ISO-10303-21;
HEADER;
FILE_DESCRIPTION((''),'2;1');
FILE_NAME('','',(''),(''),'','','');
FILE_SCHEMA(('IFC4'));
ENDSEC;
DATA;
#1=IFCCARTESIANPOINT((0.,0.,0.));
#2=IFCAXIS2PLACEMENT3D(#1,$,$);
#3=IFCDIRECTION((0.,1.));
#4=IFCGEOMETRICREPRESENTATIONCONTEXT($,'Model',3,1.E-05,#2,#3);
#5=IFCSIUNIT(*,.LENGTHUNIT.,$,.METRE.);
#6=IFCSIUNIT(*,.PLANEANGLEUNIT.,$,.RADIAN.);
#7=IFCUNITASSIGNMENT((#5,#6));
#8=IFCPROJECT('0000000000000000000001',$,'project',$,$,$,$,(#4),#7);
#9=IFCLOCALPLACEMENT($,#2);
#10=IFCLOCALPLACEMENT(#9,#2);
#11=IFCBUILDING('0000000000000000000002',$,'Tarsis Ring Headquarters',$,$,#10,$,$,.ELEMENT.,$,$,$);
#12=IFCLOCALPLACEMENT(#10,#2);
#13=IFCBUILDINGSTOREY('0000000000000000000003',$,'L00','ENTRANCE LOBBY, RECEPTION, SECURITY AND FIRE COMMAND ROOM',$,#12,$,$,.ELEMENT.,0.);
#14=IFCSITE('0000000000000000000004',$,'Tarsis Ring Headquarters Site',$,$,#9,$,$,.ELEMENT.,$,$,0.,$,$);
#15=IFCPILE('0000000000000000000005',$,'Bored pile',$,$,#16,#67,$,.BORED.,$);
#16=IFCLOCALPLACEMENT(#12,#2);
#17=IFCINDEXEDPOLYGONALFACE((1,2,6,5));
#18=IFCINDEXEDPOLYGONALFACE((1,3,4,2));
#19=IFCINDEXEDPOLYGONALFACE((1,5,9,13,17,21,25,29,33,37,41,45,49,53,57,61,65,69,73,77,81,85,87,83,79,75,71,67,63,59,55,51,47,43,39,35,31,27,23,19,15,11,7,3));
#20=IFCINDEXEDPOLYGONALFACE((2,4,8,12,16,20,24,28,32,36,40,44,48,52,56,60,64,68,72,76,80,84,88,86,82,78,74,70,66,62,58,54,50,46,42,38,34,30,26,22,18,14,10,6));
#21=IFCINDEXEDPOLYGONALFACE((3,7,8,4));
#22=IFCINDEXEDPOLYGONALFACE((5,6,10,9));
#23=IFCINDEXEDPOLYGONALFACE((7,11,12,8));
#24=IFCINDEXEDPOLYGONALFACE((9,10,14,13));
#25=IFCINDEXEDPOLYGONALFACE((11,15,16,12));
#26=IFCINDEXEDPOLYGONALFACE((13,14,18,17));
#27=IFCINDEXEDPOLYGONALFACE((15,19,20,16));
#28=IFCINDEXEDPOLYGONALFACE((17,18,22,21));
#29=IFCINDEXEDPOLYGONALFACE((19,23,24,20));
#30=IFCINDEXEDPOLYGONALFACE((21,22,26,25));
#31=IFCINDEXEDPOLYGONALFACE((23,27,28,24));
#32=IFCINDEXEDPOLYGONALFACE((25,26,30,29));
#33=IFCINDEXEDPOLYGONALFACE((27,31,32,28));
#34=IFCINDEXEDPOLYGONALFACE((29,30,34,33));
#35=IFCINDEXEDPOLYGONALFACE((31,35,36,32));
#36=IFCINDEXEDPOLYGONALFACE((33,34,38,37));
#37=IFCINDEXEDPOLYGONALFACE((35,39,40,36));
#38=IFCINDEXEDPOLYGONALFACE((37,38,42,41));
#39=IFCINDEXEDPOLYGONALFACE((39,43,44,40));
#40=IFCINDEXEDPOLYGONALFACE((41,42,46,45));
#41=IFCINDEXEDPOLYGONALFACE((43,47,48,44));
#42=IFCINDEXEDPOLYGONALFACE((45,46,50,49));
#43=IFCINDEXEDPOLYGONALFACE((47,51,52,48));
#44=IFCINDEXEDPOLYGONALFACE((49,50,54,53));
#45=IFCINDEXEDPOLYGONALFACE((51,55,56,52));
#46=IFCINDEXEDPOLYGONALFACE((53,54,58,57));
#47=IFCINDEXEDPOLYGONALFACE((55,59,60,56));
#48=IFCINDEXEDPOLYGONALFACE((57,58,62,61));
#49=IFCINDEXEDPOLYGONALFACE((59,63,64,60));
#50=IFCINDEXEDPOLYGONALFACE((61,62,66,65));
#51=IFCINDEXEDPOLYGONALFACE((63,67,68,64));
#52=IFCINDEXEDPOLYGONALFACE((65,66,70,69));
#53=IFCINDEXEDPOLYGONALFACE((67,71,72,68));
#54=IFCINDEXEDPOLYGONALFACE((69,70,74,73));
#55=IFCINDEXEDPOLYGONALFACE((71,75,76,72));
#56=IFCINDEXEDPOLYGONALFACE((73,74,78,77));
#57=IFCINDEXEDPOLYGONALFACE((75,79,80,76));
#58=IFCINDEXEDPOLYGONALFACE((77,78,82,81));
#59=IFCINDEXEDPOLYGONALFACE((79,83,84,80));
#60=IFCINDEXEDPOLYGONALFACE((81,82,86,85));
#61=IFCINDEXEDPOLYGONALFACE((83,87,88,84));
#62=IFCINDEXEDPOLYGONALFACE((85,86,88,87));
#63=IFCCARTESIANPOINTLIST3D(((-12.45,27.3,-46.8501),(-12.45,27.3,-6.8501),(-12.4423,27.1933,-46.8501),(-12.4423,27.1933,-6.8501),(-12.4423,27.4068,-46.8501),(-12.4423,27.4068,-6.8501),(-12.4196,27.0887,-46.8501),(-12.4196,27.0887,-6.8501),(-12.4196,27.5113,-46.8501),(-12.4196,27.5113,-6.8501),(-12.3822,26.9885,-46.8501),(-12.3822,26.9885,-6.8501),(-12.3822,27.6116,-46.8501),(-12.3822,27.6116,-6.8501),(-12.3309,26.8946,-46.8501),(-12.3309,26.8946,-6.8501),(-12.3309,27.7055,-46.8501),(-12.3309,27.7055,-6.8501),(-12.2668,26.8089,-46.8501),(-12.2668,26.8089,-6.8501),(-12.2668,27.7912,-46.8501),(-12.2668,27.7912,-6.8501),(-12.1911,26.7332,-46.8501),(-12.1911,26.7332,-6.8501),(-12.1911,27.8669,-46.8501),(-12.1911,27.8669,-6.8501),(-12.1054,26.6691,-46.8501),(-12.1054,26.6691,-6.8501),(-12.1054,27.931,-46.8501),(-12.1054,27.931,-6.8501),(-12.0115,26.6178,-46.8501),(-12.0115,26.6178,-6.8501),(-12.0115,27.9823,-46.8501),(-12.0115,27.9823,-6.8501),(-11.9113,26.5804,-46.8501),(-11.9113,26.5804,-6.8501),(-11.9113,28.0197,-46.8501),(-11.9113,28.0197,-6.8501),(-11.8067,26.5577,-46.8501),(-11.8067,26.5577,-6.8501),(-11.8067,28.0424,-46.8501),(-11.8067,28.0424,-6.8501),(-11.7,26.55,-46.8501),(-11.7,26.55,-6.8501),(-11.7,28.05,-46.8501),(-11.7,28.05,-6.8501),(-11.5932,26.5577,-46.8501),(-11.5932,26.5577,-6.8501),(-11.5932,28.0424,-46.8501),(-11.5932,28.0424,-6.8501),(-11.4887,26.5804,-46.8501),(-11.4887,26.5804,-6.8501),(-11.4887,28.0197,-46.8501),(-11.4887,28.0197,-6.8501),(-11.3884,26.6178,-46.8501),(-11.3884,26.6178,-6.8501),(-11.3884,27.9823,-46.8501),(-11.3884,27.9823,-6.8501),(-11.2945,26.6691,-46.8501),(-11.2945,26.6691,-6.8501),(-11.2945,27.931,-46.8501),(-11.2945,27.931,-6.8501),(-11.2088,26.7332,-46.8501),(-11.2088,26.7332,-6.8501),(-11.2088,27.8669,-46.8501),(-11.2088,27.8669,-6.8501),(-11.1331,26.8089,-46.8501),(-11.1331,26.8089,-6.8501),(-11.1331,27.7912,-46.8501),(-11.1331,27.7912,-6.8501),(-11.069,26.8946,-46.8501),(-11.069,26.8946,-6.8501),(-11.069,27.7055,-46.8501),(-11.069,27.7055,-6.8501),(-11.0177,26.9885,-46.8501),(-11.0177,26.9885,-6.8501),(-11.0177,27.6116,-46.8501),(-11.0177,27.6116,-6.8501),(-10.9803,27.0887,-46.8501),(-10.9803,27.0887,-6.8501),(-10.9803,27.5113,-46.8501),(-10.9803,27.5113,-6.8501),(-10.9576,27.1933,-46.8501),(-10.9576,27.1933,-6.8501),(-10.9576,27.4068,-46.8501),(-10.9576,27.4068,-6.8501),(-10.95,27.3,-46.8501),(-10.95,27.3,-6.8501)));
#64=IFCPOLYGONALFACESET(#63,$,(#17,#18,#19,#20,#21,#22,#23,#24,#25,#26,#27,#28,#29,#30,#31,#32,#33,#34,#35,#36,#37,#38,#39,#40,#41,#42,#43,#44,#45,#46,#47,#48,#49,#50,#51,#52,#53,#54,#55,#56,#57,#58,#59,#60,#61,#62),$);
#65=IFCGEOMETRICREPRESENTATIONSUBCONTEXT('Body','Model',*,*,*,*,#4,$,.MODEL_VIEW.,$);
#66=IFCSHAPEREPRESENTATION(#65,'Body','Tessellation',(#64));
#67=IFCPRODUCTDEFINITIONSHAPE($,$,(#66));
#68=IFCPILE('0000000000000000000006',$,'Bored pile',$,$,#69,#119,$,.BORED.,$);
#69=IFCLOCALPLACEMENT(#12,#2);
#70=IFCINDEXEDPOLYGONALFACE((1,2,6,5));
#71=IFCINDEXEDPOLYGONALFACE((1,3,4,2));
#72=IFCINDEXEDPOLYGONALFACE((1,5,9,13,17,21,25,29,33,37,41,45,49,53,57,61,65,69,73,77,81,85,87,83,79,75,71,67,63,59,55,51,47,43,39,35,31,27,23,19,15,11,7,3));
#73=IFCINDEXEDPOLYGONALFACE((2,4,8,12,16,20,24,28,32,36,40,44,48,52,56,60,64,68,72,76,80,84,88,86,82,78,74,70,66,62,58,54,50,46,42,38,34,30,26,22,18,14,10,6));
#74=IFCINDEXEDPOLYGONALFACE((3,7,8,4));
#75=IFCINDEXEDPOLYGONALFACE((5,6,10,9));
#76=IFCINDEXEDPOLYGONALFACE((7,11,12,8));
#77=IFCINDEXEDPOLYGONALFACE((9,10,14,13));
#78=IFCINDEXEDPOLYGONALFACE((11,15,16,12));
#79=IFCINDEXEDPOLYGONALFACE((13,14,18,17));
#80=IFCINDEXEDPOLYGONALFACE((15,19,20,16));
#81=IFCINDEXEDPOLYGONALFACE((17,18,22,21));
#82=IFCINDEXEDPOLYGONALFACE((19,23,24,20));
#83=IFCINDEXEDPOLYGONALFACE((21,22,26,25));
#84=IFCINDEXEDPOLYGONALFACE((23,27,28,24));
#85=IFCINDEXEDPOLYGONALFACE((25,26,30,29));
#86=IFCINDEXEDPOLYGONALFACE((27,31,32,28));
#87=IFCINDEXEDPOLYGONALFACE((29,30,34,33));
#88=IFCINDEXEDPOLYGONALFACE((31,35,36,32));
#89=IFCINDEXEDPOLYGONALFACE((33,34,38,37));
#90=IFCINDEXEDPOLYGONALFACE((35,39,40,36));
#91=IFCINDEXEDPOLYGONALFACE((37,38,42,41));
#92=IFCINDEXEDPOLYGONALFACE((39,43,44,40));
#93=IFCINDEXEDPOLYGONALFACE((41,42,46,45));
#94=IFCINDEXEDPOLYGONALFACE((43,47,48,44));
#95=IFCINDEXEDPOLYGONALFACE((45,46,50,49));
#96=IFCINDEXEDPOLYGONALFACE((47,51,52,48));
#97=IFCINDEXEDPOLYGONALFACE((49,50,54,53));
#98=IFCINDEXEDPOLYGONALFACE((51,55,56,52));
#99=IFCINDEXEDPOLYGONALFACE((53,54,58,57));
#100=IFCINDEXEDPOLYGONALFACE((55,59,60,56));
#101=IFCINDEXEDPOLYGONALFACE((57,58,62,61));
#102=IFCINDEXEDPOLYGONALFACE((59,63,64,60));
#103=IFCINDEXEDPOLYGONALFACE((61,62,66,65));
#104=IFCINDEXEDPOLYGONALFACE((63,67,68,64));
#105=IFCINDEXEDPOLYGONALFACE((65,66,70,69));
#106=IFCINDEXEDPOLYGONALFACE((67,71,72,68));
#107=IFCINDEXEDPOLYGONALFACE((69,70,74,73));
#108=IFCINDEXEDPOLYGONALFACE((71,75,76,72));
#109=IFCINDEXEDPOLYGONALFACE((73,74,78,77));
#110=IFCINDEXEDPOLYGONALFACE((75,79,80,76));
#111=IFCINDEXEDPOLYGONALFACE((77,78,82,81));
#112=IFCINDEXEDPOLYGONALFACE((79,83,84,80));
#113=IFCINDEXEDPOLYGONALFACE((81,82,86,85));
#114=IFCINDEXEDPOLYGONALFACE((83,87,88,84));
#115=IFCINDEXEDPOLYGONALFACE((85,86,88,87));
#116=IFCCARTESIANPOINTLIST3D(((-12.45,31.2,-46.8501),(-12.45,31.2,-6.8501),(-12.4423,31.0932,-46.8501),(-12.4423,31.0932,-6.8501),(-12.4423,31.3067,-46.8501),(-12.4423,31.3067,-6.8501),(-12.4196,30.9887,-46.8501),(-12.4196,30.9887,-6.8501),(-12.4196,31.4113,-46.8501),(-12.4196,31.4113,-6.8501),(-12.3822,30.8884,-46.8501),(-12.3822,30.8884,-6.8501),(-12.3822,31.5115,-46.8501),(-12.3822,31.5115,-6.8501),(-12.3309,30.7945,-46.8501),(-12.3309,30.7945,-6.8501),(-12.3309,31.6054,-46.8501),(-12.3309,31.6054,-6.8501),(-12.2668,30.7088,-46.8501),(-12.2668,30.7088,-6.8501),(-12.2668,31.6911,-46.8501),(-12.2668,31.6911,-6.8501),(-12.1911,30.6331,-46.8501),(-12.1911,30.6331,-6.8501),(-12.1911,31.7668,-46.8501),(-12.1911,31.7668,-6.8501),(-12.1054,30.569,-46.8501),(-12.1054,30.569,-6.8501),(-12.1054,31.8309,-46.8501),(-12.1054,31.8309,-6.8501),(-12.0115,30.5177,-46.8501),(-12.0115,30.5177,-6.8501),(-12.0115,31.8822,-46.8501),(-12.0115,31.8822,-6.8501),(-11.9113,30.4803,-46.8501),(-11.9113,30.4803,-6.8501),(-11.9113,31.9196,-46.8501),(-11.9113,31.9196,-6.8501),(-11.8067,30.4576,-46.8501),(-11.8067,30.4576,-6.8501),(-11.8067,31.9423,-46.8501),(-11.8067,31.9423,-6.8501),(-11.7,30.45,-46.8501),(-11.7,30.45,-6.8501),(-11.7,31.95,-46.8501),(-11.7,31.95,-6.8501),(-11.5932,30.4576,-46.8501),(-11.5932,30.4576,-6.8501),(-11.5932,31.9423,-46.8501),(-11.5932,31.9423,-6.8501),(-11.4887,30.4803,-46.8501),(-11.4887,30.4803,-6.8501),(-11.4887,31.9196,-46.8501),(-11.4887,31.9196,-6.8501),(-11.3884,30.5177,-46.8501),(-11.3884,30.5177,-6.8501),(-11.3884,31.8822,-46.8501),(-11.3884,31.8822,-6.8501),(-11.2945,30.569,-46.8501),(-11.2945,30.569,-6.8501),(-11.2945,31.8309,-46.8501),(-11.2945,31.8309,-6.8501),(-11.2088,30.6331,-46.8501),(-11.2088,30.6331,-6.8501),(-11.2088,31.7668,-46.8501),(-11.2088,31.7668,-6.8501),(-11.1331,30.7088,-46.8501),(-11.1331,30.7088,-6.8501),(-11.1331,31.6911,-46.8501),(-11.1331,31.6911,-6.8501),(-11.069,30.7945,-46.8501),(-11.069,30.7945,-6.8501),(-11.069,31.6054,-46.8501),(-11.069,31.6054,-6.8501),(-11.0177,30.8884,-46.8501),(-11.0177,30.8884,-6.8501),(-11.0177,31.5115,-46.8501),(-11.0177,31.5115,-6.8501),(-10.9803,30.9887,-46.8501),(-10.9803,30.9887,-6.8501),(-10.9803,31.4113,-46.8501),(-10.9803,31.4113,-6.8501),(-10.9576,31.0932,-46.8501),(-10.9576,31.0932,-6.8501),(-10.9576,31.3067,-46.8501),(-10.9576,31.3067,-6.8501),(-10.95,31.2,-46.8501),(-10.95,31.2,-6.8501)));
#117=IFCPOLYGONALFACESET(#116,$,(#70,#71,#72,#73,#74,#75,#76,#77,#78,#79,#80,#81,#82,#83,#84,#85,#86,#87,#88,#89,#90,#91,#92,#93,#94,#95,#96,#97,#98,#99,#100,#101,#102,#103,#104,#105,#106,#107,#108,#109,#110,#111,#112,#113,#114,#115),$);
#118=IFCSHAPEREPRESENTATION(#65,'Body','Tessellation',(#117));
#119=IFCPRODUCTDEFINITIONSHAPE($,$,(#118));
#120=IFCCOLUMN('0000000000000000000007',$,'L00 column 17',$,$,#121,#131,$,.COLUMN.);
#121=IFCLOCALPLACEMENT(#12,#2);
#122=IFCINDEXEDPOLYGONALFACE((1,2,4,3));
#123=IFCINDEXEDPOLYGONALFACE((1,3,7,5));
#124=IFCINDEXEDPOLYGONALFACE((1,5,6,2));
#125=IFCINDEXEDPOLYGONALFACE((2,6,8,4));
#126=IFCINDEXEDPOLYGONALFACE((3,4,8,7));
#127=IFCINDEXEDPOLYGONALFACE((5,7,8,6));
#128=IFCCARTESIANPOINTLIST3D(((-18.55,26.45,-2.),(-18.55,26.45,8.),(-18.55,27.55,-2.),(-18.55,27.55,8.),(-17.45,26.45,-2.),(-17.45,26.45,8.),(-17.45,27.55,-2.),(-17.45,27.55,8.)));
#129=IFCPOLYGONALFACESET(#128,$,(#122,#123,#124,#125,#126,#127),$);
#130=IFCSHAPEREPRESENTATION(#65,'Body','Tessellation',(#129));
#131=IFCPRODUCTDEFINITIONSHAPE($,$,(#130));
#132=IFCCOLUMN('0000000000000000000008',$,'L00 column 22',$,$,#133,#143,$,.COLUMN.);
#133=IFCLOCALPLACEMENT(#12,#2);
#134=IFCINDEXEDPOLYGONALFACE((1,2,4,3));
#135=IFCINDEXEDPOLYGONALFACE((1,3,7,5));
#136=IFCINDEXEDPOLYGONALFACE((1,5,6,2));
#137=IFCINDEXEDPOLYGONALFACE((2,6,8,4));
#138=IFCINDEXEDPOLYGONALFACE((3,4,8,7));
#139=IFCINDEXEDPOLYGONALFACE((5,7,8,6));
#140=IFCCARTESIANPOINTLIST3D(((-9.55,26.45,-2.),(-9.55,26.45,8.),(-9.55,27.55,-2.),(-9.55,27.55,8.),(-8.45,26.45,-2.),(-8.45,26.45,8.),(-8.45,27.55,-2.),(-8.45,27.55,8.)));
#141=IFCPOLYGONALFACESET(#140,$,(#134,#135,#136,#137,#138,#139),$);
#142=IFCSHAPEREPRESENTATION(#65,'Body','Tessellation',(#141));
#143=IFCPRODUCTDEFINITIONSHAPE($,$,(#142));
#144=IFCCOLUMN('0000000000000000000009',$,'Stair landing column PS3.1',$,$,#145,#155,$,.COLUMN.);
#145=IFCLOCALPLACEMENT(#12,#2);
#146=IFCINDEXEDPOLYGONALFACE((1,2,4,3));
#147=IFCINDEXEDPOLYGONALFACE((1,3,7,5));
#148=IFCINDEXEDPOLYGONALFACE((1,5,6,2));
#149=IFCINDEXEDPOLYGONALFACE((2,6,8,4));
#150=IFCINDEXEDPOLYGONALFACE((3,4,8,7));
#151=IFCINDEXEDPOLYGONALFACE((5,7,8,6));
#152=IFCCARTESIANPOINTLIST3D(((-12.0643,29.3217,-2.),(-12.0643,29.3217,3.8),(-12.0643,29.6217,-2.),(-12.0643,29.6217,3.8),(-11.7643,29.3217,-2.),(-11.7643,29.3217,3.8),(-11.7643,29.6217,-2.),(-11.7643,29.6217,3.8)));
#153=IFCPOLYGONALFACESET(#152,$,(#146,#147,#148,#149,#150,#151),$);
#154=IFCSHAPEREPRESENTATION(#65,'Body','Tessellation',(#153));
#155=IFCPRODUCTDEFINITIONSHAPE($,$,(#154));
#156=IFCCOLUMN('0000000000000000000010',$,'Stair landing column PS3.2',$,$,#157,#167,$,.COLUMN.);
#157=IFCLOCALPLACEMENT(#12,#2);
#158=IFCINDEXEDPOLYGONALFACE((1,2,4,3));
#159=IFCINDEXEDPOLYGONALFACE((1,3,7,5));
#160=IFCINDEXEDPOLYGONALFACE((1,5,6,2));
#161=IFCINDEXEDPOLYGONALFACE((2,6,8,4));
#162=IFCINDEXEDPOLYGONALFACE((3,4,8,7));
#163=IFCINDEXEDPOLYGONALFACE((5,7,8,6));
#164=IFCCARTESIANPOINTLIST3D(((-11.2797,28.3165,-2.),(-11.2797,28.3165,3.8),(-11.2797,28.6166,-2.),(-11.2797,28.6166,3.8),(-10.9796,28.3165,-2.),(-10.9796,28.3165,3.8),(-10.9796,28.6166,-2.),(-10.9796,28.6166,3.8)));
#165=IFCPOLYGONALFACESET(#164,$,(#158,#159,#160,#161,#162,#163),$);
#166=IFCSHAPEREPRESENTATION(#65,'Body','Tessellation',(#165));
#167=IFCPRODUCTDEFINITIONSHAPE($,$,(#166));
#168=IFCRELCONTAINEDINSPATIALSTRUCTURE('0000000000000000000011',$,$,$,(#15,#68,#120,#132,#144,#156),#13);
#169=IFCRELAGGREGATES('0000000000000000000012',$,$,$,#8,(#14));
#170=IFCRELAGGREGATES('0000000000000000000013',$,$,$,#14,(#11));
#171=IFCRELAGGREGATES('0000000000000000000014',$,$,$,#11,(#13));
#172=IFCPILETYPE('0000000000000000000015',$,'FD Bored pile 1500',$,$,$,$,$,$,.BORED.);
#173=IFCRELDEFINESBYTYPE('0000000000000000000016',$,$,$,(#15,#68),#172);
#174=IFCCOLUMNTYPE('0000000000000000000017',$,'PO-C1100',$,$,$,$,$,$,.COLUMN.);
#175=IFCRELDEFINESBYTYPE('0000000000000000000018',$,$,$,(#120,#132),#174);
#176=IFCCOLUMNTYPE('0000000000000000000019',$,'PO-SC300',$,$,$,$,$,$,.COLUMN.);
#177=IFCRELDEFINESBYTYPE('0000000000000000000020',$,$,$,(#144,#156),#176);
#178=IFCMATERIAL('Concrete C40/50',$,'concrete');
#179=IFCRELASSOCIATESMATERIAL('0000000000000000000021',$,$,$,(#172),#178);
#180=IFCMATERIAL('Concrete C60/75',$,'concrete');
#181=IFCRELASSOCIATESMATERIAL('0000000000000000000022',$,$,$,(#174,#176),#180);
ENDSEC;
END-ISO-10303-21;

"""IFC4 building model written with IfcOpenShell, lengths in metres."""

from ifc_helpers import new_model, si_unit, direction, frame, origin, origin_2d, place, context, subcontext, project, spatial, rectangle, circle, extrude, material, material_profile, profile_set, type_object, element, save


model = new_model("IFC4")

# Units and contexts
model_context = context("Model", 3, precision=1e-05, world=origin(), true_north=direction((0.0, 1.0)))
body_context = subcontext(model_context, "Body", "Model", "MODEL_VIEW")
ifc_project = project(units=[si_unit("LENGTHUNIT", "METRE"), si_unit("PLANEANGLEUNIT", "RADIAN")], contexts=[model_context])

# Site, building, storey
site_placement = place(None, origin())
site = spatial("IfcSite", under=ifc_project, at=site_placement, Name="Tarsis Ring Headquarters Site", CompositionType="ELEMENT", RefElevation=0.0)
building_placement = place(site_placement, origin())
building = spatial("IfcBuilding", under=site, at=building_placement, Name="Tarsis Ring Headquarters", CompositionType="ELEMENT")
storey_placement = place(building_placement, origin())
storey = spatial("IfcBuildingStorey", under=building, at=storey_placement, Name="L00", Description="ENTRANCE LOBBY, RECEPTION, SECURITY AND FIRE COMMAND ROOM", CompositionType="ELEMENT", Elevation=0.0)

# Piles
ifc_material_1 = material(Name="Concrete C40/50", Category="concrete")
ifc_material_profile_1 = material_profile(ifc_material_1, circle(Radius=0.75, at=origin_2d()), Name="BORED 1500")
ifc_profile_set_1 = profile_set([ifc_material_profile_1], Name="Concrete C40/50")
pile_type_1 = type_object("IfcPileType", Name="FD Bored pile 1500", PredefinedType="BORED", material=ifc_profile_set_1)
for number, where, z_axis, x_axis, name in (
    (1, (-11.7, 27.3, -6.8501), (0.0, 0.0, -1.0), (1.0, 0.0, 0.0), "Bored pile"),
    (2, (-11.7, 31.2, -6.8501), (0.0, 0.0, -1.0), (1.0, 0.0, 0.0), "Bored pile"),
):
    element("IfcPile", number, at=place(storey_placement, frame(where, z_axis=z_axis, x_axis=x_axis)), inside=storey, type_object=pile_type_1, Name=name, PredefinedType="BORED", context=body_context, shape_type="SweptSolid", body=[
        extrude(circle(Radius=0.75, at=origin_2d()), origin(), (0.0, 0.0, 1.0), 40.0),
    ])

# Columns
ifc_material_2 = material(Name="Concrete C60/75", Category="concrete")
ifc_material_profile_2 = material_profile(ifc_material_2, rectangle(XDim=1.1001, YDim=1.1001, at=origin_2d()), Name="PO-C1100")
ifc_profile_set_2 = profile_set([ifc_material_profile_2], Name="Concrete C60/75")
column_type_1 = type_object("IfcColumnType", Name="PO-C1100", PredefinedType="COLUMN", material=ifc_profile_set_2)
for number, where, z_axis, x_axis, name in (
    (3, (-18.0, 27.0, -2.0), (0.0, 0.0, 1.0), (1.0, 0.0, 0.0), "L00 column 17"),
    (4, (-9.0, 27.0, -2.0), (0.0, 0.0, 1.0), (1.0, 0.0, 0.0), "L00 column 22"),
):
    element("IfcColumn", number, at=place(storey_placement, frame(where, z_axis=z_axis, x_axis=x_axis)), inside=storey, type_object=column_type_1, Name=name, PredefinedType="COLUMN", context=body_context, shape_type="SweptSolid", body=[
        extrude(rectangle(XDim=1.1001, YDim=1.1001, at=origin_2d()), origin(), (0.0, 0.0, 1.0), 10.0),
    ])
ifc_material_profile_3 = material_profile(ifc_material_2, rectangle(XDim=0.3, YDim=0.3, at=origin_2d()), Name="PO-SC300")
ifc_profile_set_3 = profile_set([ifc_material_profile_3], Name="Concrete C60/75")
column_type_2 = type_object("IfcColumnType", Name="PO-SC300", PredefinedType="COLUMN", material=ifc_profile_set_3)
for number, where, z_axis, x_axis, name in (
    (5, (-11.9143, 29.4717, -2.0), (0.0, 0.0, 1.0), (1.0, 0.0, 0.0), "Stair landing column PS3.1"),
    (6, (-11.1296, 28.4666, -2.0), (0.0, 0.0, 1.0), (1.0, 0.0, 0.0), "Stair landing column PS3.2"),
):
    element("IfcColumn", number, at=place(storey_placement, frame(where, z_axis=z_axis, x_axis=x_axis)), inside=storey, type_object=column_type_2, Name=name, PredefinedType="COLUMN", context=body_context, shape_type="SweptSolid", body=[
        extrude(rectangle(XDim=0.3, YDim=0.3, at=origin_2d()), origin(), (0.0, 0.0, 1.0), 5.8),
    ])

save(model, "model.ifc")
